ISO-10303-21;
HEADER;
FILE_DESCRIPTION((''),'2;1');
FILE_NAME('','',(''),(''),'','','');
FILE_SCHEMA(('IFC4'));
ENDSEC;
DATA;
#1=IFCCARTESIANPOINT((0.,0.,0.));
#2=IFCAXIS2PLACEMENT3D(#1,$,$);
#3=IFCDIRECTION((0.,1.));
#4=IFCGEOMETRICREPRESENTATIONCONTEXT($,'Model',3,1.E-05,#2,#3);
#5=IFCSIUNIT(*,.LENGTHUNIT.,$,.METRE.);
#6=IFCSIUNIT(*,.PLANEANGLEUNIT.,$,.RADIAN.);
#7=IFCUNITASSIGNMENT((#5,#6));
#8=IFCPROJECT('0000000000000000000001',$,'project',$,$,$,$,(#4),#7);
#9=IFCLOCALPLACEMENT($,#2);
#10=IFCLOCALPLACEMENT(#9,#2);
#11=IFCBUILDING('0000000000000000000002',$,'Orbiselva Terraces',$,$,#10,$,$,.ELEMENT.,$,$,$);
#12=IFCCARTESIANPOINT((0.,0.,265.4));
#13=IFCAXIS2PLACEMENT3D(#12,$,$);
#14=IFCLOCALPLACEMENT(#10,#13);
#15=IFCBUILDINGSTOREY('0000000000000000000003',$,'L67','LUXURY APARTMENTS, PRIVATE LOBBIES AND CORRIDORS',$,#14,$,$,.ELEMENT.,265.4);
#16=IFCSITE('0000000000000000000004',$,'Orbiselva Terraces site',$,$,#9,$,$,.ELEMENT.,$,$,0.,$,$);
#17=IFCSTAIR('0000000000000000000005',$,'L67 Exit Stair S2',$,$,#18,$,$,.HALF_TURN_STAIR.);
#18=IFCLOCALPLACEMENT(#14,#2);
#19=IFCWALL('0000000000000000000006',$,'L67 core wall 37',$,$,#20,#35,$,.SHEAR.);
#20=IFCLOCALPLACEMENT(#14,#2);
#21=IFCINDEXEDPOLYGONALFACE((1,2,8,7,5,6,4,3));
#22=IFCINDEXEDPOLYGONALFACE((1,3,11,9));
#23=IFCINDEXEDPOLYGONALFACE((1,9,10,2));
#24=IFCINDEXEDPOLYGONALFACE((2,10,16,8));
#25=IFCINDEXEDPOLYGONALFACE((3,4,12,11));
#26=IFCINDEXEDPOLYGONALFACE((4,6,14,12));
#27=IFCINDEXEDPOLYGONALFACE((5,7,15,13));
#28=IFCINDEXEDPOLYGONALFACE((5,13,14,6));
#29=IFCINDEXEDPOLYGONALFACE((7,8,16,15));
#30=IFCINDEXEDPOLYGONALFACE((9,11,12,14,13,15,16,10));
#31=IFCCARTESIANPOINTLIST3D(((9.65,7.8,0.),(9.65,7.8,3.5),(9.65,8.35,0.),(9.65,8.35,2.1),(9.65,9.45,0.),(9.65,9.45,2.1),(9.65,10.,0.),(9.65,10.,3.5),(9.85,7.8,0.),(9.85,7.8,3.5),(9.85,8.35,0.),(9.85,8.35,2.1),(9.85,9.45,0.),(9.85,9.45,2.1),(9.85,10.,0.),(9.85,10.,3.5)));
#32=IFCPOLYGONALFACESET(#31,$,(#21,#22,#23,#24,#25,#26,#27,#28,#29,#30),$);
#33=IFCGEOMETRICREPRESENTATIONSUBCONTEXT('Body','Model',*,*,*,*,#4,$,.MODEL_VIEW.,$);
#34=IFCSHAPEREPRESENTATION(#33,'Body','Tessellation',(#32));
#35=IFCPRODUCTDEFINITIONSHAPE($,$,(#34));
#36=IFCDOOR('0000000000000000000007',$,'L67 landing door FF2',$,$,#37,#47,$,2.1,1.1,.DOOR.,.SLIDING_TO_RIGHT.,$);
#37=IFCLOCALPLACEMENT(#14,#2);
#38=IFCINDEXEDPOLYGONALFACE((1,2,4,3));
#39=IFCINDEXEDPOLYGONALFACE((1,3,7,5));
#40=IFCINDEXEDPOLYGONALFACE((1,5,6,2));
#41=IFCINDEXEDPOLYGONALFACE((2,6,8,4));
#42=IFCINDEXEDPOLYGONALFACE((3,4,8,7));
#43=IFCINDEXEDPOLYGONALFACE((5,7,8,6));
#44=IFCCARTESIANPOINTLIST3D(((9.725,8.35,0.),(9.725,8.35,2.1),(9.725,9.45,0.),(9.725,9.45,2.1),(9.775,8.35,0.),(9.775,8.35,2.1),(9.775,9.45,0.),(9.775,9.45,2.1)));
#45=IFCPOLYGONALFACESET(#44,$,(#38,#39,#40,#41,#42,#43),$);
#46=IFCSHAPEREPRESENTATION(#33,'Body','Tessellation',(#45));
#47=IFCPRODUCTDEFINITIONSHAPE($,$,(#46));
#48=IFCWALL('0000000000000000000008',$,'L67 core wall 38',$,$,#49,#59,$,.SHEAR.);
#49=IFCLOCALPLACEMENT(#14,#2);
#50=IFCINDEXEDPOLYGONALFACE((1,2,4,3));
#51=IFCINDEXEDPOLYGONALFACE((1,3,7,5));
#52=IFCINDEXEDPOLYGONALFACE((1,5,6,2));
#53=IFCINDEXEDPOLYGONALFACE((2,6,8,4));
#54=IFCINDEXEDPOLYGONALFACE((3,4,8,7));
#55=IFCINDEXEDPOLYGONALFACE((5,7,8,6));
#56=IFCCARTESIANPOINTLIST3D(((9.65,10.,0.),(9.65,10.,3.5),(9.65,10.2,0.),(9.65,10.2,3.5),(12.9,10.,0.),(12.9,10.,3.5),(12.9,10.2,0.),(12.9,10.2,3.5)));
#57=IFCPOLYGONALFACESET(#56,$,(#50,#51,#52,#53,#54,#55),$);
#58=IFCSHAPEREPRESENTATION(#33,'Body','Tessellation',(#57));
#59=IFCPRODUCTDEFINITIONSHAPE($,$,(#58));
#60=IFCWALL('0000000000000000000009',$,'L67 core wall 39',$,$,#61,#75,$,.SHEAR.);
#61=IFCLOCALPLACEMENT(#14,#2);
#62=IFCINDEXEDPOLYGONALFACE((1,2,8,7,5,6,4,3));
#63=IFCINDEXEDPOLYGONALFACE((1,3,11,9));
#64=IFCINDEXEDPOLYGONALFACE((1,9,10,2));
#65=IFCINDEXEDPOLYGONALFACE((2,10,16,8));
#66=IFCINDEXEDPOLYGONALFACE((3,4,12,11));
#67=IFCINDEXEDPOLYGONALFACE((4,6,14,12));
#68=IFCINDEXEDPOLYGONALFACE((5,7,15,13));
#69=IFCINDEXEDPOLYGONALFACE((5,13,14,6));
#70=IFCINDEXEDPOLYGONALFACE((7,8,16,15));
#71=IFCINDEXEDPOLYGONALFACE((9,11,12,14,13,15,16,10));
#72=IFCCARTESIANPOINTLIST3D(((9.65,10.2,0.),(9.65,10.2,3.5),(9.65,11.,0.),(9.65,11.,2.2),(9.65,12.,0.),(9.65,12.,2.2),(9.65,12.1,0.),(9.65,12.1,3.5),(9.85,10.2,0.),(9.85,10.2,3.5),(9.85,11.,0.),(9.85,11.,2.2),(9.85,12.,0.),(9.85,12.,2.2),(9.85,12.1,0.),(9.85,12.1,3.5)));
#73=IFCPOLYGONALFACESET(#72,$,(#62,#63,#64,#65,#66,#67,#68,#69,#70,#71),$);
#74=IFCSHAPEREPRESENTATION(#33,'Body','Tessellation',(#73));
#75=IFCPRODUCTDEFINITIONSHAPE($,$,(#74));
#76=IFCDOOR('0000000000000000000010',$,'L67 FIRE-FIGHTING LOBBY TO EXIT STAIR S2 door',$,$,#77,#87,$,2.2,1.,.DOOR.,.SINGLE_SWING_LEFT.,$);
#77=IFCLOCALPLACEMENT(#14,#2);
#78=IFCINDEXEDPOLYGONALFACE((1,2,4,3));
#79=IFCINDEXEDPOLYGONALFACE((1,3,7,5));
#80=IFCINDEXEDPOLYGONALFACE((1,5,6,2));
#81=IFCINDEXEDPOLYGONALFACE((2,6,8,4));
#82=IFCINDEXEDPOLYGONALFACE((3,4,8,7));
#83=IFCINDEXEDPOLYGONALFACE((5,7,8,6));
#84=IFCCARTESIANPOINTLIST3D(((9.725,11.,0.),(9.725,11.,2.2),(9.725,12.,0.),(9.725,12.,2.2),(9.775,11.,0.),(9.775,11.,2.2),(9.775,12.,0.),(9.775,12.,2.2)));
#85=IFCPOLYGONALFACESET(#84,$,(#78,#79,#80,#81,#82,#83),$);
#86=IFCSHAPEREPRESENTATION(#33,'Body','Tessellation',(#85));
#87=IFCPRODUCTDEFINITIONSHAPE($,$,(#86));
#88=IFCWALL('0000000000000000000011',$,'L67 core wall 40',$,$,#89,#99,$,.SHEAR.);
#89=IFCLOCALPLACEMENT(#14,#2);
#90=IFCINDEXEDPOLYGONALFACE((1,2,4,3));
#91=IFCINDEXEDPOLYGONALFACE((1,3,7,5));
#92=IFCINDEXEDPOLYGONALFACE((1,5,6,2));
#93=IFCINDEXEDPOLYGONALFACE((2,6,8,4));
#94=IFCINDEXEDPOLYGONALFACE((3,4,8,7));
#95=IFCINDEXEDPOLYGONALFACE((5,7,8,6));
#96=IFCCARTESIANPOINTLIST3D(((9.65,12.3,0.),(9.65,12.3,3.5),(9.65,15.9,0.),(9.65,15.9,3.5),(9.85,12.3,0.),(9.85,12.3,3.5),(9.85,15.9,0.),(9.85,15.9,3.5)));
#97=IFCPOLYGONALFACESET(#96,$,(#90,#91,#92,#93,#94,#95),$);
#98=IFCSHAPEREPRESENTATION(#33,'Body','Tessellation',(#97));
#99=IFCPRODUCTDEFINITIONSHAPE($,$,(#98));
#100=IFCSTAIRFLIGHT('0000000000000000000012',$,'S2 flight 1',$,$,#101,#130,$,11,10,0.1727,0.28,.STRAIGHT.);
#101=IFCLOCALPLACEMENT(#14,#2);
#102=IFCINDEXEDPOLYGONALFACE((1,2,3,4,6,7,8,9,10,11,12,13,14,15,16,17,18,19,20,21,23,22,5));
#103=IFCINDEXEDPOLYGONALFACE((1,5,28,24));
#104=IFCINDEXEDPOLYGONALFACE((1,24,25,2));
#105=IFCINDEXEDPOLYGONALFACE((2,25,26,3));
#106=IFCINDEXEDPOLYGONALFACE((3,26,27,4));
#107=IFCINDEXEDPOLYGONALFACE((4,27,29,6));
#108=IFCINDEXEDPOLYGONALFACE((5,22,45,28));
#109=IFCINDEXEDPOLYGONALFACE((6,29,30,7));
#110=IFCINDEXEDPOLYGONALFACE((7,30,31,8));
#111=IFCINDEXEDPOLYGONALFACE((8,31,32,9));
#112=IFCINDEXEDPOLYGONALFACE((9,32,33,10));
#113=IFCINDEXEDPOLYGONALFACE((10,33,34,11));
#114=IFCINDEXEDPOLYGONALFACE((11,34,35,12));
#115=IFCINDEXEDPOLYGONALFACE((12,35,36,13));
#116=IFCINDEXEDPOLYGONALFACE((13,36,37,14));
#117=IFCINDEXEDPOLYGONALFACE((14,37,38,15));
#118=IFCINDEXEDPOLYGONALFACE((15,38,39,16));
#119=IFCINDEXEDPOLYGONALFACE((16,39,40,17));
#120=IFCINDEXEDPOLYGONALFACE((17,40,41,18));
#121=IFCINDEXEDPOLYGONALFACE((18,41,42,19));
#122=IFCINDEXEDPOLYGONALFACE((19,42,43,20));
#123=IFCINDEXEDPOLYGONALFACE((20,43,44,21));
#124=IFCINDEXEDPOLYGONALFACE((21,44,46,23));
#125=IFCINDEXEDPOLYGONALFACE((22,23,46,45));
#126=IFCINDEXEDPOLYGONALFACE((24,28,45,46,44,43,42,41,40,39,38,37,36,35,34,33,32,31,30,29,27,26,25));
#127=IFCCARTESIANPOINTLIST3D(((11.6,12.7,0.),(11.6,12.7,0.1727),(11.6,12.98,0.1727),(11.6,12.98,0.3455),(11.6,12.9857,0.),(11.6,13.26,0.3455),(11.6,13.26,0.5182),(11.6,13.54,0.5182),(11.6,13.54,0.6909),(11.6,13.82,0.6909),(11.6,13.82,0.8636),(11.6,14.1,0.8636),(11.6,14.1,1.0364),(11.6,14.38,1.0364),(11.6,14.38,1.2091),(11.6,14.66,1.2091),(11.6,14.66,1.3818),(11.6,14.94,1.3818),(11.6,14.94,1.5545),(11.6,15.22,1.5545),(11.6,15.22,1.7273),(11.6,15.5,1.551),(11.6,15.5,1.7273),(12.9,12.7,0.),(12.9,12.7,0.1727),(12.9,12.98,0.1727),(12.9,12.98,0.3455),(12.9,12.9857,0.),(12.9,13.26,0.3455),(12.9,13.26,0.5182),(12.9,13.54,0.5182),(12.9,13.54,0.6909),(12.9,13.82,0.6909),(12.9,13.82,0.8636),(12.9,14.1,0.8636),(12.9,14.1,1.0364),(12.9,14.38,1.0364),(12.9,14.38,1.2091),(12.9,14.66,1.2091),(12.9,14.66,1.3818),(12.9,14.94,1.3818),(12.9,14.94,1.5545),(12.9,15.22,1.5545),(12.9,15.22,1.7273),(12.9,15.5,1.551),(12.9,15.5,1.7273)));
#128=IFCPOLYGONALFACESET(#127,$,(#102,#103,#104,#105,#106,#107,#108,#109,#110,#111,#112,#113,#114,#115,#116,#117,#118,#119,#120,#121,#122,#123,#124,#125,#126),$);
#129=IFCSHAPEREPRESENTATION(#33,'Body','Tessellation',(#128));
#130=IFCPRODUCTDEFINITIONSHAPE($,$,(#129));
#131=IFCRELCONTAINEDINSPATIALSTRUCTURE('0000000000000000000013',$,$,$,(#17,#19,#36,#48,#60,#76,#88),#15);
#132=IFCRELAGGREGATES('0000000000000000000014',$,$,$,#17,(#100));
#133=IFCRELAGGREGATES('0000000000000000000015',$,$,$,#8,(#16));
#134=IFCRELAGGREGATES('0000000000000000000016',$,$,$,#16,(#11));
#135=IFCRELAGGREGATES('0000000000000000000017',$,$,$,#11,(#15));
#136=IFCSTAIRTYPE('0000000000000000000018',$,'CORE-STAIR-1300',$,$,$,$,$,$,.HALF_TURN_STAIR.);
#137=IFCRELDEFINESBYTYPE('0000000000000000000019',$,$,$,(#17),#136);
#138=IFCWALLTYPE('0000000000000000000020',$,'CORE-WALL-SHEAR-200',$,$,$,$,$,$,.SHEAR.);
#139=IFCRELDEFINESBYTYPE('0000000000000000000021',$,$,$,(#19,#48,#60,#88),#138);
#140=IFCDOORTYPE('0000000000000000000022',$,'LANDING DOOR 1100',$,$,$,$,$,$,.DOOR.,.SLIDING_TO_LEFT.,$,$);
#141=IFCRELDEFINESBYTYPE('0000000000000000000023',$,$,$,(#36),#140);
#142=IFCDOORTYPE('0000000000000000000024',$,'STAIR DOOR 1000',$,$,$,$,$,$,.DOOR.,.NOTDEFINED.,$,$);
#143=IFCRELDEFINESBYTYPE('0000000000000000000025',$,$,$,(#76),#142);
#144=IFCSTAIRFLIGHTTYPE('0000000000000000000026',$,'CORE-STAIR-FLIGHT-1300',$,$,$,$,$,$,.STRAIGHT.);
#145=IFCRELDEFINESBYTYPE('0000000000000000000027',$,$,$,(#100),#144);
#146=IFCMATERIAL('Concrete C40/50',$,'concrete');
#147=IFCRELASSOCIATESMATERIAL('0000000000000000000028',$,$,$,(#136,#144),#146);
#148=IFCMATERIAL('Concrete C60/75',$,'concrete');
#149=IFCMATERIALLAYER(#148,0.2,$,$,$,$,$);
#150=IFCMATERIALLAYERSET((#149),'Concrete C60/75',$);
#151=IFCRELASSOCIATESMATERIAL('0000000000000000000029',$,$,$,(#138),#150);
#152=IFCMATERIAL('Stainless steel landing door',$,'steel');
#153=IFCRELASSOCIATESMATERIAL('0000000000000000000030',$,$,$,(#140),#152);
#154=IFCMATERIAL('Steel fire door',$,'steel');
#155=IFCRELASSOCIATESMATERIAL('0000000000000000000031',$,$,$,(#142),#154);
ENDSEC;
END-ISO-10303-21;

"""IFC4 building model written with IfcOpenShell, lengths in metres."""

from ifc_helpers import new_model, si_unit, direction, frame, frame_2d, origin, place, context, subcontext, project, spatial, polyline, rectangle, outline, extrude, material, layer, layer_set, type_object, element, fill, aggregate, save


model = new_model("IFC4")

# Units and contexts
model_context = context("Model", 3, precision=1e-05, world=origin(), true_north=direction((0.0, 1.0)))
body_context = subcontext(model_context, "Body", "Model", "MODEL_VIEW")
ifc_project = project(units=[si_unit("LENGTHUNIT", "METRE"), si_unit("PLANEANGLEUNIT", "RADIAN")], contexts=[model_context])

# Site, building, storey
site_placement = place(None, origin())
site = spatial("IfcSite", under=ifc_project, at=site_placement, Name="Orbiselva Terraces site", CompositionType="ELEMENT", RefElevation=0.0)
building_placement = place(site_placement, origin())
building = spatial("IfcBuilding", under=site, at=building_placement, Name="Orbiselva Terraces", CompositionType="ELEMENT")
storey_placement = place(building_placement, frame((0.0, 0.0, 265.4)))
storey = spatial("IfcBuildingStorey", under=building, at=storey_placement, Name="L67", Description="LUXURY APARTMENTS, PRIVATE LOBBIES AND CORRIDORS", CompositionType="ELEMENT", Elevation=265.4)

# Stair
ifc_material_1 = material(Name="Concrete C40/50", Category="concrete")
stair_type_1 = type_object("IfcStairType", Name="CORE-STAIR-1300", PredefinedType="HALF_TURN_STAIR", material=ifc_material_1)
stair_1_placement = place(storey_placement, origin())
stair_1 = element("IfcStair", 1, at=stair_1_placement, inside=storey, type_object=stair_type_1, Name="L67 Exit Stair S2", PredefinedType="HALF_TURN_STAIR")

# Shared definitions
ifc_material_2 = material(Name="Steel fire door", Category="steel")

# Shared definitions
ifc_material_3 = material(Name="Concrete C60/75", Category="concrete")
ifc_layer_1 = layer(ifc_material_3, 0.2)
ifc_layer_set_1 = layer_set([ifc_layer_1], Name="Concrete C60/75")
wall_type_1 = type_object("IfcWallType", Name="CORE-WALL-SHEAR-200", PredefinedType="SHEAR", material=ifc_layer_set_1)

# Shared definitions
ifc_material_4 = material(Name="Stainless steel landing door", Category="steel")
door_type_1 = type_object("IfcDoorType", Name="LANDING DOOR 1100", OperationType="SLIDING_TO_LEFT", PredefinedType="DOOR", material=ifc_material_4)

# Wall, opening, door
wall_1_placement = place(storey_placement, frame((9.75, 7.8, 0.0), z_axis=(0.0, 0.0, 1.0), x_axis=(0.0, 1.0, 0.0)))
wall_1 = element("IfcWall", 2, at=wall_1_placement, inside=storey, type_object=wall_type_1, Name="L67 core wall 37", PredefinedType="SHEAR", context=body_context, shape_type="SweptSolid", body=[
    extrude(rectangle(XDim=2.2, YDim=0.2, at=frame_2d((1.1, 0.0))), origin(), (0.0, 0.0, 1.0), 3.5),
])
opening_1_placement = place(wall_1_placement, frame((0.55, 0.0, 0.0)))
opening_1 = element("IfcOpeningElement", 3, at=opening_1_placement, cuts=wall_1, PredefinedType="OPENING", context=body_context, shape_type="SweptSolid", body=[
    extrude(rectangle(XDim=1.1, YDim=2.1, at=frame_2d((0.55, 1.05))), frame((0.0, 0.11, 0.0), z_axis=(0.0, -1.0, 0.0), x_axis=(1.0, 0.0, 0.0)), (0.0, 0.0, 1.0), 0.22),
])
door_1_placement = place(opening_1_placement, origin())
door_1 = element("IfcDoor", 4, at=door_1_placement, inside=storey, type_object=door_type_1, Name="L67 landing door FF2", OperationType="SLIDING_TO_RIGHT", OverallHeight=2.1, OverallWidth=1.1, PredefinedType="DOOR", context=body_context, shape_type="SweptSolid", body=[
    extrude(rectangle(XDim=1.1, YDim=2.1, at=frame_2d((0.55, 1.05))), frame((0.0, 0.025, 0.0), z_axis=(0.0, -1.0, 0.0), x_axis=(1.0, 0.0, 0.0)), (0.0, 0.0, 1.0), 0.05),
])
fill(opening_1, door_1)

# Wall
wall_2_placement = place(storey_placement, frame((9.65, 10.1, 0.0), z_axis=(0.0, 0.0, 1.0), x_axis=(1.0, 0.0, 0.0)))
element("IfcWall", 5, at=wall_2_placement, inside=storey, type_object=wall_type_1, Name="L67 core wall 38", PredefinedType="SHEAR", context=body_context, shape_type="SweptSolid", body=[
    extrude(rectangle(XDim=3.25, YDim=0.2, at=frame_2d((1.625, 0.0))), origin(), (0.0, 0.0, 1.0), 3.5),
])

# Wall, opening, door
wall_3_placement = place(storey_placement, frame((9.75, 12.1, 0.0), z_axis=(0.0, 0.0, 1.0), x_axis=(0.0, -1.0, 0.0)))
wall_3 = element("IfcWall", 6, at=wall_3_placement, inside=storey, type_object=wall_type_1, Name="L67 core wall 39", PredefinedType="SHEAR", context=body_context, shape_type="SweptSolid", body=[
    extrude(rectangle(XDim=1.9, YDim=0.2, at=frame_2d((0.95, 0.0))), origin(), (0.0, 0.0, 1.0), 3.5),
])
opening_2_placement = place(wall_3_placement, frame((0.1, 0.0, 0.0)))
opening_2 = element("IfcOpeningElement", 7, at=opening_2_placement, cuts=wall_3, PredefinedType="OPENING", context=body_context, shape_type="SweptSolid", body=[
    extrude(rectangle(XDim=1.0, YDim=2.2, at=frame_2d((0.5, 1.1))), frame((0.0, 0.11, 0.0), z_axis=(0.0, -1.0, 0.0), x_axis=(1.0, 0.0, 0.0)), (0.0, 0.0, 1.0), 0.22),
])
door_type_2 = type_object("IfcDoorType", Name="STAIR DOOR 1000", OperationType="NOTDEFINED", PredefinedType="DOOR", material=ifc_material_2)
door_2_placement = place(opening_2_placement, origin())
door_2 = element("IfcDoor", 8, at=door_2_placement, inside=storey, type_object=door_type_2, Name="L67 FIRE-FIGHTING LOBBY TO EXIT STAIR S2 door", OperationType="SINGLE_SWING_LEFT", OverallHeight=2.2, OverallWidth=1.0, PredefinedType="DOOR", context=body_context, shape_type="SweptSolid", body=[
    extrude(rectangle(XDim=1.0, YDim=2.2, at=frame_2d((0.5, 1.1))), frame((0.0, 0.025, 0.0), z_axis=(0.0, -1.0, 0.0), x_axis=(1.0, 0.0, 0.0)), (0.0, 0.0, 1.0), 0.05),
])
fill(opening_2, door_2)

# Wall
wall_4_placement = place(storey_placement, frame((9.75, 12.3, 0.0), z_axis=(0.0, 0.0, 1.0), x_axis=(0.0, 1.0, 0.0)))
element("IfcWall", 9, at=wall_4_placement, inside=storey, type_object=wall_type_1, Name="L67 core wall 40", PredefinedType="SHEAR", context=body_context, shape_type="SweptSolid", body=[
    extrude(rectangle(XDim=3.6, YDim=0.2, at=frame_2d((1.8, 0.0))), origin(), (0.0, 0.0, 1.0), 3.5),
])

# Stair flight
stair_flight_type = type_object("IfcStairFlightType", Name="CORE-STAIR-FLIGHT-1300", PredefinedType="STRAIGHT", material=ifc_material_1)
stair_flight_placement = place(storey_placement, frame((12.25, 12.7, 0.0), z_axis=(0.0, 0.0, 1.0), x_axis=(0.0, 1.0, 0.0)))
stair_flight = element("IfcStairFlight", 10, at=stair_flight_placement, type_object=stair_flight_type, Name="S2 flight 1", NumberOfRisers=11, NumberOfTreads=10, PredefinedType="STRAIGHT", RiserHeight=0.1727, TreadLength=0.28, context=body_context, shape_type="SweptSolid", body=[
    extrude(outline(polyline([(0.0, 0.0), (0.0, 0.1727), (0.28, 0.1727), (0.28, 0.3455), (0.56, 0.3455), (0.56, 0.5182), (0.84, 0.5182), (0.84, 0.6909), (1.12, 0.6909), (1.12, 0.8636), (1.4, 0.8636), (1.4, 1.0364), (1.68, 1.0364), (1.68, 1.2091), (1.96, 1.2091), (1.96, 1.3818), (2.24, 1.3818), (2.24, 1.5545), (2.52, 1.5545), (2.52, 1.7273), (2.8, 1.7273), (2.8, 1.9), (2.8, 1.551), (0.2857, 0.0), (0.0, 0.0)])), frame((0.0, 0.65, 0.0), z_axis=(0.0, -1.0, 0.0), x_axis=(1.0, 0.0, 0.0)), (0.0, 0.0, 1.0), 1.3),
])
aggregate(stair_1, [stair_flight])

save(model, "model.ifc")
